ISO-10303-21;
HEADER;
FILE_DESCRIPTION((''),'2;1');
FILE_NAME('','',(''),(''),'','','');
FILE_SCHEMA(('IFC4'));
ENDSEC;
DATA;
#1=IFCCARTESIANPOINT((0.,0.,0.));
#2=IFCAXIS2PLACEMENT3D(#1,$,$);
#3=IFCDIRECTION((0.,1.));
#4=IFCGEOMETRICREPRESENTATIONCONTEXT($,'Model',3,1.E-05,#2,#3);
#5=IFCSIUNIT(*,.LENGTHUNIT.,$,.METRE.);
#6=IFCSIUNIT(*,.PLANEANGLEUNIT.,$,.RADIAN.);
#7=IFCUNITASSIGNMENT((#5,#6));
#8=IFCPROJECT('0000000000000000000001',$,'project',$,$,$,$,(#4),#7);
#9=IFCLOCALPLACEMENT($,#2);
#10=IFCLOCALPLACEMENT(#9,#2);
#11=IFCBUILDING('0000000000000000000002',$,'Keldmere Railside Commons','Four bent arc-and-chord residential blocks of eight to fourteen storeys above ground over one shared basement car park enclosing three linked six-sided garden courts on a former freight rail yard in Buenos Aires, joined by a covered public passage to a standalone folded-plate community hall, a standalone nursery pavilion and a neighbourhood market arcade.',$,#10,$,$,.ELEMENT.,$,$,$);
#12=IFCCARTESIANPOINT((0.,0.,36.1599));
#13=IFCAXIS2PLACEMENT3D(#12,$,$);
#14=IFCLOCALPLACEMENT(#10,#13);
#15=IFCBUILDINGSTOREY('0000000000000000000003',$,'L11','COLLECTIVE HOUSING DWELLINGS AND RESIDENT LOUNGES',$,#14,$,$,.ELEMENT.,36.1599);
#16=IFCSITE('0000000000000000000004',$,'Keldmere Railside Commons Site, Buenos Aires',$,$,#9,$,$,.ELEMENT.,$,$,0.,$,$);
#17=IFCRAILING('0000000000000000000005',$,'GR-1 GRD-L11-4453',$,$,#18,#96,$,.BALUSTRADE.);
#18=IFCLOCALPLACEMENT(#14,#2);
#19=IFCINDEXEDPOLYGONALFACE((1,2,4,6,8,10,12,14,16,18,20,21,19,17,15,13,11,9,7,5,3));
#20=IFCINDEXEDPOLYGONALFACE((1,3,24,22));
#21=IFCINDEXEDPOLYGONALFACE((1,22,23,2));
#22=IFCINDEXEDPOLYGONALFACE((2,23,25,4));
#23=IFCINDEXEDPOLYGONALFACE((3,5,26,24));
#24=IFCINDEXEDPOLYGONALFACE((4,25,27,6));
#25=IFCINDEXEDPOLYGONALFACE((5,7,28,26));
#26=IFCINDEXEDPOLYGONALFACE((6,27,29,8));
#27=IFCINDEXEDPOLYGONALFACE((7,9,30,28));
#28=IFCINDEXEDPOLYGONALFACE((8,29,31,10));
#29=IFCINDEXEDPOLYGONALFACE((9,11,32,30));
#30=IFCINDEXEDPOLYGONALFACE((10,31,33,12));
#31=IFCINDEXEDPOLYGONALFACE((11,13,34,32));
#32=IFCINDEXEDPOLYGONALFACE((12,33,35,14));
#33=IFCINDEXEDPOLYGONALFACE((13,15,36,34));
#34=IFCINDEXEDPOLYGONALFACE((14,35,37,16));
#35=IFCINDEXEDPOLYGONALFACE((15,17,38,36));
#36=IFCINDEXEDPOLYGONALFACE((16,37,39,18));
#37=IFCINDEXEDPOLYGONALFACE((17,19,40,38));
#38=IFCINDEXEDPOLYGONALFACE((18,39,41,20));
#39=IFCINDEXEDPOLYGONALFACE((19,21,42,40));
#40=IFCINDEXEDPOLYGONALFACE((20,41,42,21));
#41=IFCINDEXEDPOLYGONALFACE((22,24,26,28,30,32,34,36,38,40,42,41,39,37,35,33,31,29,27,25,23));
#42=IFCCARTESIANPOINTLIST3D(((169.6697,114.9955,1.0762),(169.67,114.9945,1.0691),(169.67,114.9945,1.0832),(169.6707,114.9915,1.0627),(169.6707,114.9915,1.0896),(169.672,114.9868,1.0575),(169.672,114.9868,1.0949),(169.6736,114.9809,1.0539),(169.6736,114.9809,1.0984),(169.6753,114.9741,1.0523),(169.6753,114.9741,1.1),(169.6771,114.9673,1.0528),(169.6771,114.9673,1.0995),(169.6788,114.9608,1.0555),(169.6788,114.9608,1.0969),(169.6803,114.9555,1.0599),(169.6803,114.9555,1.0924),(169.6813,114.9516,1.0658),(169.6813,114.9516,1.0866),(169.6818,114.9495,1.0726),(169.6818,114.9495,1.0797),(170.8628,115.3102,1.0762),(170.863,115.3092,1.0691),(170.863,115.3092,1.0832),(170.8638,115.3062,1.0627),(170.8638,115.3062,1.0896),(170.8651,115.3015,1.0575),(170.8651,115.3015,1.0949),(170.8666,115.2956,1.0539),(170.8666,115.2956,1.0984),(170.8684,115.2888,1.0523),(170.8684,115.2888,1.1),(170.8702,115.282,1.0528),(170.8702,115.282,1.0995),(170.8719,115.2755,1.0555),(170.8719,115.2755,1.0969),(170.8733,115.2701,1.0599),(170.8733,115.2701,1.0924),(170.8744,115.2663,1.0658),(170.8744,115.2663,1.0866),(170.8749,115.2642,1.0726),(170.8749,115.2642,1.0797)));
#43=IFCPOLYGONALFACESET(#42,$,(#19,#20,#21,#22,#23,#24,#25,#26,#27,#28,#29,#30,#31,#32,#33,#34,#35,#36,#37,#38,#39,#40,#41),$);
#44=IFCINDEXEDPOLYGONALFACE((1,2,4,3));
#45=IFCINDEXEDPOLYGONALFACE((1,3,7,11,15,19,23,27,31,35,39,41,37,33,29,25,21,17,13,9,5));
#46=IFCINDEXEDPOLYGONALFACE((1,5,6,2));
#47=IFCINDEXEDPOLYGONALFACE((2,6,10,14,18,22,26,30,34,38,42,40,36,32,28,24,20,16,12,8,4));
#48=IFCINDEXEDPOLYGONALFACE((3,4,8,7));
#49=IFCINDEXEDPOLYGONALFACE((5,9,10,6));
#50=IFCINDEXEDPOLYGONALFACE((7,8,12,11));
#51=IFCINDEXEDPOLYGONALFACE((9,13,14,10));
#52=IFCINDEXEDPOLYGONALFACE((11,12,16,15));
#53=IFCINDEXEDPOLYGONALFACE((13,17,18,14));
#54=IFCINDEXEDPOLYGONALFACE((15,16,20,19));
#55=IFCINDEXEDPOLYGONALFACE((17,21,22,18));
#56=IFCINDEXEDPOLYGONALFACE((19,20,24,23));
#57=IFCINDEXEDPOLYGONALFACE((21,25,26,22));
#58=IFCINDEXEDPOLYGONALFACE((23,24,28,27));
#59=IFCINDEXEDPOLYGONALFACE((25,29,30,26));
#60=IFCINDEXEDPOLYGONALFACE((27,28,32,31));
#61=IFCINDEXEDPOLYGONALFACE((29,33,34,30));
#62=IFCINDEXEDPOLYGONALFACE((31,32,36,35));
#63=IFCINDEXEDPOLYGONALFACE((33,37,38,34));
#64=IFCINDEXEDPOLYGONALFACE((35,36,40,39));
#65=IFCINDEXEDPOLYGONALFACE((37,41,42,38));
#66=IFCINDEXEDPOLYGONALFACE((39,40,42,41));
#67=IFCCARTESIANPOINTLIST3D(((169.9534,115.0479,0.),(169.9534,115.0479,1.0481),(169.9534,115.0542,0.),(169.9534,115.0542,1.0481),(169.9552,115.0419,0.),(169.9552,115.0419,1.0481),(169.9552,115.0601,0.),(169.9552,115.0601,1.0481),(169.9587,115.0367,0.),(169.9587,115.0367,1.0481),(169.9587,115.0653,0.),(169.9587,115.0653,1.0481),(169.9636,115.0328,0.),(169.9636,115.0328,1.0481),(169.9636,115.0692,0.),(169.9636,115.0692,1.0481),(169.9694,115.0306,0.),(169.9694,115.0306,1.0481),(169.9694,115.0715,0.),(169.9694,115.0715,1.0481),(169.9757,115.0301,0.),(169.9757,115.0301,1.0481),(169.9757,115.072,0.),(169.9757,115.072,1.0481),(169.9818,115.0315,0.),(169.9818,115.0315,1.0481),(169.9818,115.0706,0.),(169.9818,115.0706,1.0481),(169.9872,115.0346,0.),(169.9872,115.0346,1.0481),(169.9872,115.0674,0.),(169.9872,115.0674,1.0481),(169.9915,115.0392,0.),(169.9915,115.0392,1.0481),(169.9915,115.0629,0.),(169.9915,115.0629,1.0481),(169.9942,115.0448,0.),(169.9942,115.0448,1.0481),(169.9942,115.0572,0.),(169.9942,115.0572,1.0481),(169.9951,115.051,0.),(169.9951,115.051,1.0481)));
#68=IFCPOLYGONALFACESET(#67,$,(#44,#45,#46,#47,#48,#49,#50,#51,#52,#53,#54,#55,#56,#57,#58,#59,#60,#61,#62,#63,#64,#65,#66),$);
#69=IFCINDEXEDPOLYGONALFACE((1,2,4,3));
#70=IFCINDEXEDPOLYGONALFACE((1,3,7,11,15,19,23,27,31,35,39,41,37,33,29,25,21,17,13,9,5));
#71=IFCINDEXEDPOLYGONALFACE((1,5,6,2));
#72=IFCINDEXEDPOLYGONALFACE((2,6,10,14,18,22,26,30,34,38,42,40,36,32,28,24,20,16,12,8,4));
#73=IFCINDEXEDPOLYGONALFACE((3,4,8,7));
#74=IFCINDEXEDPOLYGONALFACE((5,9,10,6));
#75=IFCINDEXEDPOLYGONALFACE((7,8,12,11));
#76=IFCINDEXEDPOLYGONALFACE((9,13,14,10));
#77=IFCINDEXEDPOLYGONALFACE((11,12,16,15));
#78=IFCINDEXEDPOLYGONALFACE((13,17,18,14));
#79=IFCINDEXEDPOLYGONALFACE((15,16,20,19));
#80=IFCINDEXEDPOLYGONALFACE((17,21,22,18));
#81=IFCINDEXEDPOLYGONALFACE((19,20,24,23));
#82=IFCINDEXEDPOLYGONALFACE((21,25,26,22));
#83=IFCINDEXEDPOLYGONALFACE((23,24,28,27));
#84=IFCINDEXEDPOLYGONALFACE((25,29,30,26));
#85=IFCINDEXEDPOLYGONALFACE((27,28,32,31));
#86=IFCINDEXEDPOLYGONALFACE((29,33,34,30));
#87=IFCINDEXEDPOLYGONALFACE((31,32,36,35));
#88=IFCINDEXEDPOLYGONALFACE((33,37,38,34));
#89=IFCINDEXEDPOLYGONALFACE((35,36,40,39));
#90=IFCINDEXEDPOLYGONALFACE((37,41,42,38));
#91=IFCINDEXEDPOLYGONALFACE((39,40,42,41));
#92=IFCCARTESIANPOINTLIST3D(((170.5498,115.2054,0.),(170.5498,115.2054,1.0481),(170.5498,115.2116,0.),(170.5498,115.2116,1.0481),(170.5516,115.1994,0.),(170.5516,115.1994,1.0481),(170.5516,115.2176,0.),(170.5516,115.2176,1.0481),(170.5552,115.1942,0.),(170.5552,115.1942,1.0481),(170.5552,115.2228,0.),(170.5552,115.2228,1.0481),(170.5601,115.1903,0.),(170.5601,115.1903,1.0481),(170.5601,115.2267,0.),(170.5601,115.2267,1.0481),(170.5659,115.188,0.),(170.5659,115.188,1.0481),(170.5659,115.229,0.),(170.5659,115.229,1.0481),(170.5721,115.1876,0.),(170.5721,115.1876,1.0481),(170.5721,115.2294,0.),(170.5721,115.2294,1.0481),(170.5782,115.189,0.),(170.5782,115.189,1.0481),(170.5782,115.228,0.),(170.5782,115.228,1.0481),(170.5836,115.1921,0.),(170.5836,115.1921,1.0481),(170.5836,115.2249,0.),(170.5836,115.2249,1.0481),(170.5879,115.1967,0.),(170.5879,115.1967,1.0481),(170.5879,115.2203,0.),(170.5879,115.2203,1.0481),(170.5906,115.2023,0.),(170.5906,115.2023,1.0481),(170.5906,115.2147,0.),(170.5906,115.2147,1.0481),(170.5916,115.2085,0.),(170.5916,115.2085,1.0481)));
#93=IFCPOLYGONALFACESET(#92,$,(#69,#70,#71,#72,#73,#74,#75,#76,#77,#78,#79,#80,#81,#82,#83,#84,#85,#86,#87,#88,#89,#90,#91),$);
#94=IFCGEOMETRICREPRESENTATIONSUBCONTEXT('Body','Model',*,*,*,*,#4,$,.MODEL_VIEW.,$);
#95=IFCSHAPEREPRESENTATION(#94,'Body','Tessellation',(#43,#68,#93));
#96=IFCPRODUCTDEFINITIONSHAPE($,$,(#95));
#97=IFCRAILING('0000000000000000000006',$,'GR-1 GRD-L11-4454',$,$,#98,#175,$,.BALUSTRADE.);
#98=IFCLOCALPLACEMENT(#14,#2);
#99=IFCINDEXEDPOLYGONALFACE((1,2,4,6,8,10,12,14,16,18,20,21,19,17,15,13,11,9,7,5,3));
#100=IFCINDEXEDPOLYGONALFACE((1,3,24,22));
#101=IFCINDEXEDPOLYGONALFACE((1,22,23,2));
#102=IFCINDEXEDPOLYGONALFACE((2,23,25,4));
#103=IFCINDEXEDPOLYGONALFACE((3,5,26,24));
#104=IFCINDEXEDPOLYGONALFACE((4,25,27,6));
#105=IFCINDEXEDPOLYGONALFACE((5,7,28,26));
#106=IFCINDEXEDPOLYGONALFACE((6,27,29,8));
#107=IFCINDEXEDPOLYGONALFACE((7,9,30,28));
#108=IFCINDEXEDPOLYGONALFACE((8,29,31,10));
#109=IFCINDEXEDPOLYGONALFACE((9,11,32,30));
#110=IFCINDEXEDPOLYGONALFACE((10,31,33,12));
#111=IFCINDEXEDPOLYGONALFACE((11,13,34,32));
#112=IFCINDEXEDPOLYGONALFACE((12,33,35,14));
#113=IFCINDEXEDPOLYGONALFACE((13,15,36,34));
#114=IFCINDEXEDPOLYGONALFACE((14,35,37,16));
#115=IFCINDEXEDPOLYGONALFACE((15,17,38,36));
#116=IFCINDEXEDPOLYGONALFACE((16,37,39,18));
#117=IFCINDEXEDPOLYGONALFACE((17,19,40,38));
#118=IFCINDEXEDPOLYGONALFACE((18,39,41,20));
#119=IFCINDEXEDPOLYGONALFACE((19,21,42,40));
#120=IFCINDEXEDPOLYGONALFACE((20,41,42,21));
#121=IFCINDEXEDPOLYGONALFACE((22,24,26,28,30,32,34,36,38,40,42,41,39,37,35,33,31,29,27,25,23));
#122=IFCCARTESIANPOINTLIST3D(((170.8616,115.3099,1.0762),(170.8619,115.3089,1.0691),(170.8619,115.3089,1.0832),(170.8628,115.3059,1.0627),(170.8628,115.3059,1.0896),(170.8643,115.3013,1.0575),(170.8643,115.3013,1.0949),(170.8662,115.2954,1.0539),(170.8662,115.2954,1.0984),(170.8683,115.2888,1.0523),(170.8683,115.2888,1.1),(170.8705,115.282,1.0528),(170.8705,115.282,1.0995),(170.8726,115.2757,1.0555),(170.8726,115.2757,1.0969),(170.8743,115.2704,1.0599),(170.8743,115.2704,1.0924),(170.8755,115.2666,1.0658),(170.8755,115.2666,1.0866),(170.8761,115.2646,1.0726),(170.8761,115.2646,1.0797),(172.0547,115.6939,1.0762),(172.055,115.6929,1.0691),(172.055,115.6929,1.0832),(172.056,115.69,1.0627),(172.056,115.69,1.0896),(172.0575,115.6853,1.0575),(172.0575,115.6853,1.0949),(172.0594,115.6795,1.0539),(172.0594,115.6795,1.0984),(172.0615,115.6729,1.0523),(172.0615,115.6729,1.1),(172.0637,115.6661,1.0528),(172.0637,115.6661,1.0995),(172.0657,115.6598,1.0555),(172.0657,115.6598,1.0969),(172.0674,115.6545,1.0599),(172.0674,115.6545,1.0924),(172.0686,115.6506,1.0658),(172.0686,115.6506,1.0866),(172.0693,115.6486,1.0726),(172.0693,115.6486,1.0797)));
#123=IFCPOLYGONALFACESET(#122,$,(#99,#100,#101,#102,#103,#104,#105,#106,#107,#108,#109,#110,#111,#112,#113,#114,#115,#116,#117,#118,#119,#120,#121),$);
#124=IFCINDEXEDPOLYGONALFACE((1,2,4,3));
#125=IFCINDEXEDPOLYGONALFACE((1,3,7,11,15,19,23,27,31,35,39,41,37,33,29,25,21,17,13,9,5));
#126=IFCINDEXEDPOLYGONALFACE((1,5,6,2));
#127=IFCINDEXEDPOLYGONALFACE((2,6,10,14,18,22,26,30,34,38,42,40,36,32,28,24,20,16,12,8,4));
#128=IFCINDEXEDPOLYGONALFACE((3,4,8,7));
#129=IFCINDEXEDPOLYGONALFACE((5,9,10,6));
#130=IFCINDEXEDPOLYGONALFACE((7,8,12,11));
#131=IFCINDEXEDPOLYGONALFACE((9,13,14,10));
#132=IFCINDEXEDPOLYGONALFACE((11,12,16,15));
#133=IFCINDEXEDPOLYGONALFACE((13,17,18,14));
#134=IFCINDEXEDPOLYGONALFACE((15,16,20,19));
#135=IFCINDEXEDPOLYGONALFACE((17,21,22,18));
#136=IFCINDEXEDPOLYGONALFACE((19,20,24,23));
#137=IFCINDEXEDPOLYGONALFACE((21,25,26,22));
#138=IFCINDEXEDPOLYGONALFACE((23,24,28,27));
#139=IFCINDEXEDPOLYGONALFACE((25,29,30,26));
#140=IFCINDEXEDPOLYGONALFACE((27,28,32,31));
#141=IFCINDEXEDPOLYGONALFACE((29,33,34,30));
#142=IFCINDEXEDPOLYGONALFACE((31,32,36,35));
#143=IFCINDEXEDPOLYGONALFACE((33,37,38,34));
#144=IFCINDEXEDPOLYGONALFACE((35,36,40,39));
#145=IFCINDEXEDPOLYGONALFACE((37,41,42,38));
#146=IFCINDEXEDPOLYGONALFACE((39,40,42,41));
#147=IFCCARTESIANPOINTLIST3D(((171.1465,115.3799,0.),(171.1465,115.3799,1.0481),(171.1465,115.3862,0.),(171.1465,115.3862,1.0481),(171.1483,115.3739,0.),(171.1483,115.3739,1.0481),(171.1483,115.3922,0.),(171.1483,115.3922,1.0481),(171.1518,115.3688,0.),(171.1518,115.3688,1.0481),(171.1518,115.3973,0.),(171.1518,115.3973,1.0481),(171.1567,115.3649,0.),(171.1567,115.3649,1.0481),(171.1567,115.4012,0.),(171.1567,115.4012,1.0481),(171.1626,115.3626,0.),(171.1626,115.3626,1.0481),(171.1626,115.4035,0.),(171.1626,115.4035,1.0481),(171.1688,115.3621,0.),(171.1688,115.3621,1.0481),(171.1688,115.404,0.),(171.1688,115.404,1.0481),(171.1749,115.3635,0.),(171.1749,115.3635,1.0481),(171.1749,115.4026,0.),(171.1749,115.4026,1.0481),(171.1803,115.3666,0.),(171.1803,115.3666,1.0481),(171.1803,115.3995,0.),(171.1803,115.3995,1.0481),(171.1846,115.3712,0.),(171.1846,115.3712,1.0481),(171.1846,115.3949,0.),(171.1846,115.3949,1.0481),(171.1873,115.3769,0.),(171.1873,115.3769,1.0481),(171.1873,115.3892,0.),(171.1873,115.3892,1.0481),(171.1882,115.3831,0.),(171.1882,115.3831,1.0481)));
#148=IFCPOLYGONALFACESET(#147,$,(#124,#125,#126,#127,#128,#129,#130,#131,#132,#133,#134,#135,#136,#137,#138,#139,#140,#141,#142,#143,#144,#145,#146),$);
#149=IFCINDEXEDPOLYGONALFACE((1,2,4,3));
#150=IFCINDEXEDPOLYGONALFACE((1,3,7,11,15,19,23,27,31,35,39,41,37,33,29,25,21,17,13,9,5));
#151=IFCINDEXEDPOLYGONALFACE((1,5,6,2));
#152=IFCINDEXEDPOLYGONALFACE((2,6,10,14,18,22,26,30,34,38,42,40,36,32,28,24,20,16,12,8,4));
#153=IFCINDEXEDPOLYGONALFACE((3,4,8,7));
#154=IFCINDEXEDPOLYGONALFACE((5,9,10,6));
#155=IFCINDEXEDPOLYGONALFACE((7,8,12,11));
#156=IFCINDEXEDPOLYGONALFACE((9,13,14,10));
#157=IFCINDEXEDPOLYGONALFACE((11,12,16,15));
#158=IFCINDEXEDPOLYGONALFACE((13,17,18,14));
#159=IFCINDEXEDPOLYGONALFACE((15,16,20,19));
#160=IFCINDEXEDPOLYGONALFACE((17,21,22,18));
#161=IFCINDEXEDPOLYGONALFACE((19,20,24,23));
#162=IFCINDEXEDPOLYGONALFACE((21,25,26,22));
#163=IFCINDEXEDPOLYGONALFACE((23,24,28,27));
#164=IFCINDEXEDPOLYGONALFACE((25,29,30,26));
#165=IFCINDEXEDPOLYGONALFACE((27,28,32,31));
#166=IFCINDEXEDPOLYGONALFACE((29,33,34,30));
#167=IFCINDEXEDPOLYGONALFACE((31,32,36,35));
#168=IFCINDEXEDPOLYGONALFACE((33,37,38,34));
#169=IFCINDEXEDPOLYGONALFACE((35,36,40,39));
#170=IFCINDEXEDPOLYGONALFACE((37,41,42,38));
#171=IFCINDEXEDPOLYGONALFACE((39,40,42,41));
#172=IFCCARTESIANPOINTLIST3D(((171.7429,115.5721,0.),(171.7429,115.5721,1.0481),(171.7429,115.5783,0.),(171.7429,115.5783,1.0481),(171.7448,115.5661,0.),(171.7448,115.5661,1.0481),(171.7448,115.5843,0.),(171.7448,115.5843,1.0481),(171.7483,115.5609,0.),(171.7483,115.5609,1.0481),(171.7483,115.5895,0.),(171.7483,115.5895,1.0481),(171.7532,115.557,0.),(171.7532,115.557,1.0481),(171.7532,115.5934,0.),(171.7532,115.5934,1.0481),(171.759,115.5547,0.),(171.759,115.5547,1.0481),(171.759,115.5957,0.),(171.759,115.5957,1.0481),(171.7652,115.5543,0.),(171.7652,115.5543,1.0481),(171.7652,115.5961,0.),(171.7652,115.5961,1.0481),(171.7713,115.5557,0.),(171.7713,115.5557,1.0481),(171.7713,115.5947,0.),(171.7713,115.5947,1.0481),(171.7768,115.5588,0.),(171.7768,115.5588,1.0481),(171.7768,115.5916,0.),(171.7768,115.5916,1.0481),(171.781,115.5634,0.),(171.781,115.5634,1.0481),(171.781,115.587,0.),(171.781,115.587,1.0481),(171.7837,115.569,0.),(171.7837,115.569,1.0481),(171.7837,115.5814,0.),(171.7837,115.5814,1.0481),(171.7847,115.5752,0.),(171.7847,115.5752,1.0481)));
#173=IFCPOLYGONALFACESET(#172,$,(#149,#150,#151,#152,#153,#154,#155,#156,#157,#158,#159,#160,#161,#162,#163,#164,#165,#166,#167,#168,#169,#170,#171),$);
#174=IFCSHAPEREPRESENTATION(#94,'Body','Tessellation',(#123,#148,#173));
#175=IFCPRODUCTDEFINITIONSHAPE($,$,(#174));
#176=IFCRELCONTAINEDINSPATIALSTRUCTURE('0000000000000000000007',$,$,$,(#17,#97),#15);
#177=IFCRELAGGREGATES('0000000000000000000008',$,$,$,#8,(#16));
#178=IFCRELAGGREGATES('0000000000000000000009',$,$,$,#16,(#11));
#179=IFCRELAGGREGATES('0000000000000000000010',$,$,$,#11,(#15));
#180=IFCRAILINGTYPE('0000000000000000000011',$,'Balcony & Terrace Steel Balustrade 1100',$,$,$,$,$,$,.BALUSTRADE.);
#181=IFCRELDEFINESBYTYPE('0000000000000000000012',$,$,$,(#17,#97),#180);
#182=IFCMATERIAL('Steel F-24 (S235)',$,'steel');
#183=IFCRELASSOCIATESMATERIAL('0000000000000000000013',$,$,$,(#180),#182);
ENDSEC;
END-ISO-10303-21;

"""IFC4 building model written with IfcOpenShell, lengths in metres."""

from ifc_helpers import new_model, si_unit, direction, frame, origin, origin_2d, place, context, subcontext, project, spatial, circle, extrude, material, type_object, element, save


model = new_model("IFC4")

# Units and contexts
model_context = context("Model", 3, precision=1e-05, world=origin(), true_north=direction((0.0, 1.0)))
body_context = subcontext(model_context, "Body", "Model", "MODEL_VIEW")
ifc_project = project(units=[si_unit("LENGTHUNIT", "METRE"), si_unit("PLANEANGLEUNIT", "RADIAN")], contexts=[model_context])

# Site, building, storey
site_placement = place(None, origin())
site = spatial("IfcSite", under=ifc_project, at=site_placement, Name="Keldmere Railside Commons Site, Buenos Aires", CompositionType="ELEMENT", RefElevation=0.0)
building_placement = place(site_placement, origin())
building = spatial("IfcBuilding", under=site, at=building_placement, Name="Keldmere Railside Commons", Description="Four bent arc-and-chord residential blocks of eight to fourteen storeys above ground over one shared basement car park enclosing three linked six-sided garden courts on a former freight rail yard in Buenos Aires, joined by a covered public passage to a standalone folded-plate community hall, a standalone nursery pavilion and a neighbourhood market arcade.", CompositionType="ELEMENT")
storey_placement = place(building_placement, frame((0.0, 0.0, 36.1599)))
storey = spatial("IfcBuildingStorey", under=building, at=storey_placement, Name="L11", Description="COLLECTIVE HOUSING DWELLINGS AND RESIDENT LOUNGES", CompositionType="ELEMENT", Elevation=36.1599)

# Railings
ifc_material_1 = material(Name="Steel F-24 (S235)", Category="steel")
railing_type = type_object("IfcRailingType", Name="Balcony & Terrace Steel Balustrade 1100", PredefinedType="BALUSTRADE", material=ifc_material_1)
railing_1_placement = place(storey_placement, frame((169.6758, 114.9724, 0.0)))
element("IfcRailing", 1, at=railing_1_placement, inside=storey, type_object=railing_type, Name="GR-1 GRD-L11-4453", PredefinedType="BALUSTRADE", context=body_context, shape_type="SweptSolid", body=[
    extrude(circle(Radius=0.0239, at=origin_2d()), frame((0.0, 0.0, 1.0762), z_axis=(0.966931, 0.255039, 0.0), x_axis=(-0.255039, 0.966931, 0.0)), (0.0, 0.0, 1.0), 1.2339),
    extrude(circle(Radius=0.021, at=origin_2d()), frame((0.2983, 0.0786, 0.0)), (0.0, 0.0, 1.0), 1.0481),
    extrude(circle(Radius=0.021, at=origin_2d()), frame((0.8948, 0.2361, 0.0)), (0.0, 0.0, 1.0), 1.0481),
])
railing_2_placement = place(storey_placement, frame((170.8689, 115.2871, 0.0)))
element("IfcRailing", 2, at=railing_2_placement, inside=storey, type_object=railing_type, Name="GR-1 GRD-L11-4454", PredefinedType="BALUSTRADE", context=body_context, shape_type="SweptSolid", body=[
    extrude(circle(Radius=0.0239, at=origin_2d()), frame((0.0, 0.0, 1.0762), z_axis=(0.951905, 0.306394, 0.0), x_axis=(-0.306394, 0.951905, 0.0)), (0.0, 0.0, 1.0), 1.2534),
    extrude(circle(Radius=0.021, at=origin_2d()), frame((0.2983, 0.0959, 0.0)), (0.0, 0.0, 1.0), 1.0481),
    extrude(circle(Radius=0.021, at=origin_2d()), frame((0.8948, 0.2881, 0.0)), (0.0, 0.0, 1.0), 1.0481),
])

save(model, "model.ifc")
